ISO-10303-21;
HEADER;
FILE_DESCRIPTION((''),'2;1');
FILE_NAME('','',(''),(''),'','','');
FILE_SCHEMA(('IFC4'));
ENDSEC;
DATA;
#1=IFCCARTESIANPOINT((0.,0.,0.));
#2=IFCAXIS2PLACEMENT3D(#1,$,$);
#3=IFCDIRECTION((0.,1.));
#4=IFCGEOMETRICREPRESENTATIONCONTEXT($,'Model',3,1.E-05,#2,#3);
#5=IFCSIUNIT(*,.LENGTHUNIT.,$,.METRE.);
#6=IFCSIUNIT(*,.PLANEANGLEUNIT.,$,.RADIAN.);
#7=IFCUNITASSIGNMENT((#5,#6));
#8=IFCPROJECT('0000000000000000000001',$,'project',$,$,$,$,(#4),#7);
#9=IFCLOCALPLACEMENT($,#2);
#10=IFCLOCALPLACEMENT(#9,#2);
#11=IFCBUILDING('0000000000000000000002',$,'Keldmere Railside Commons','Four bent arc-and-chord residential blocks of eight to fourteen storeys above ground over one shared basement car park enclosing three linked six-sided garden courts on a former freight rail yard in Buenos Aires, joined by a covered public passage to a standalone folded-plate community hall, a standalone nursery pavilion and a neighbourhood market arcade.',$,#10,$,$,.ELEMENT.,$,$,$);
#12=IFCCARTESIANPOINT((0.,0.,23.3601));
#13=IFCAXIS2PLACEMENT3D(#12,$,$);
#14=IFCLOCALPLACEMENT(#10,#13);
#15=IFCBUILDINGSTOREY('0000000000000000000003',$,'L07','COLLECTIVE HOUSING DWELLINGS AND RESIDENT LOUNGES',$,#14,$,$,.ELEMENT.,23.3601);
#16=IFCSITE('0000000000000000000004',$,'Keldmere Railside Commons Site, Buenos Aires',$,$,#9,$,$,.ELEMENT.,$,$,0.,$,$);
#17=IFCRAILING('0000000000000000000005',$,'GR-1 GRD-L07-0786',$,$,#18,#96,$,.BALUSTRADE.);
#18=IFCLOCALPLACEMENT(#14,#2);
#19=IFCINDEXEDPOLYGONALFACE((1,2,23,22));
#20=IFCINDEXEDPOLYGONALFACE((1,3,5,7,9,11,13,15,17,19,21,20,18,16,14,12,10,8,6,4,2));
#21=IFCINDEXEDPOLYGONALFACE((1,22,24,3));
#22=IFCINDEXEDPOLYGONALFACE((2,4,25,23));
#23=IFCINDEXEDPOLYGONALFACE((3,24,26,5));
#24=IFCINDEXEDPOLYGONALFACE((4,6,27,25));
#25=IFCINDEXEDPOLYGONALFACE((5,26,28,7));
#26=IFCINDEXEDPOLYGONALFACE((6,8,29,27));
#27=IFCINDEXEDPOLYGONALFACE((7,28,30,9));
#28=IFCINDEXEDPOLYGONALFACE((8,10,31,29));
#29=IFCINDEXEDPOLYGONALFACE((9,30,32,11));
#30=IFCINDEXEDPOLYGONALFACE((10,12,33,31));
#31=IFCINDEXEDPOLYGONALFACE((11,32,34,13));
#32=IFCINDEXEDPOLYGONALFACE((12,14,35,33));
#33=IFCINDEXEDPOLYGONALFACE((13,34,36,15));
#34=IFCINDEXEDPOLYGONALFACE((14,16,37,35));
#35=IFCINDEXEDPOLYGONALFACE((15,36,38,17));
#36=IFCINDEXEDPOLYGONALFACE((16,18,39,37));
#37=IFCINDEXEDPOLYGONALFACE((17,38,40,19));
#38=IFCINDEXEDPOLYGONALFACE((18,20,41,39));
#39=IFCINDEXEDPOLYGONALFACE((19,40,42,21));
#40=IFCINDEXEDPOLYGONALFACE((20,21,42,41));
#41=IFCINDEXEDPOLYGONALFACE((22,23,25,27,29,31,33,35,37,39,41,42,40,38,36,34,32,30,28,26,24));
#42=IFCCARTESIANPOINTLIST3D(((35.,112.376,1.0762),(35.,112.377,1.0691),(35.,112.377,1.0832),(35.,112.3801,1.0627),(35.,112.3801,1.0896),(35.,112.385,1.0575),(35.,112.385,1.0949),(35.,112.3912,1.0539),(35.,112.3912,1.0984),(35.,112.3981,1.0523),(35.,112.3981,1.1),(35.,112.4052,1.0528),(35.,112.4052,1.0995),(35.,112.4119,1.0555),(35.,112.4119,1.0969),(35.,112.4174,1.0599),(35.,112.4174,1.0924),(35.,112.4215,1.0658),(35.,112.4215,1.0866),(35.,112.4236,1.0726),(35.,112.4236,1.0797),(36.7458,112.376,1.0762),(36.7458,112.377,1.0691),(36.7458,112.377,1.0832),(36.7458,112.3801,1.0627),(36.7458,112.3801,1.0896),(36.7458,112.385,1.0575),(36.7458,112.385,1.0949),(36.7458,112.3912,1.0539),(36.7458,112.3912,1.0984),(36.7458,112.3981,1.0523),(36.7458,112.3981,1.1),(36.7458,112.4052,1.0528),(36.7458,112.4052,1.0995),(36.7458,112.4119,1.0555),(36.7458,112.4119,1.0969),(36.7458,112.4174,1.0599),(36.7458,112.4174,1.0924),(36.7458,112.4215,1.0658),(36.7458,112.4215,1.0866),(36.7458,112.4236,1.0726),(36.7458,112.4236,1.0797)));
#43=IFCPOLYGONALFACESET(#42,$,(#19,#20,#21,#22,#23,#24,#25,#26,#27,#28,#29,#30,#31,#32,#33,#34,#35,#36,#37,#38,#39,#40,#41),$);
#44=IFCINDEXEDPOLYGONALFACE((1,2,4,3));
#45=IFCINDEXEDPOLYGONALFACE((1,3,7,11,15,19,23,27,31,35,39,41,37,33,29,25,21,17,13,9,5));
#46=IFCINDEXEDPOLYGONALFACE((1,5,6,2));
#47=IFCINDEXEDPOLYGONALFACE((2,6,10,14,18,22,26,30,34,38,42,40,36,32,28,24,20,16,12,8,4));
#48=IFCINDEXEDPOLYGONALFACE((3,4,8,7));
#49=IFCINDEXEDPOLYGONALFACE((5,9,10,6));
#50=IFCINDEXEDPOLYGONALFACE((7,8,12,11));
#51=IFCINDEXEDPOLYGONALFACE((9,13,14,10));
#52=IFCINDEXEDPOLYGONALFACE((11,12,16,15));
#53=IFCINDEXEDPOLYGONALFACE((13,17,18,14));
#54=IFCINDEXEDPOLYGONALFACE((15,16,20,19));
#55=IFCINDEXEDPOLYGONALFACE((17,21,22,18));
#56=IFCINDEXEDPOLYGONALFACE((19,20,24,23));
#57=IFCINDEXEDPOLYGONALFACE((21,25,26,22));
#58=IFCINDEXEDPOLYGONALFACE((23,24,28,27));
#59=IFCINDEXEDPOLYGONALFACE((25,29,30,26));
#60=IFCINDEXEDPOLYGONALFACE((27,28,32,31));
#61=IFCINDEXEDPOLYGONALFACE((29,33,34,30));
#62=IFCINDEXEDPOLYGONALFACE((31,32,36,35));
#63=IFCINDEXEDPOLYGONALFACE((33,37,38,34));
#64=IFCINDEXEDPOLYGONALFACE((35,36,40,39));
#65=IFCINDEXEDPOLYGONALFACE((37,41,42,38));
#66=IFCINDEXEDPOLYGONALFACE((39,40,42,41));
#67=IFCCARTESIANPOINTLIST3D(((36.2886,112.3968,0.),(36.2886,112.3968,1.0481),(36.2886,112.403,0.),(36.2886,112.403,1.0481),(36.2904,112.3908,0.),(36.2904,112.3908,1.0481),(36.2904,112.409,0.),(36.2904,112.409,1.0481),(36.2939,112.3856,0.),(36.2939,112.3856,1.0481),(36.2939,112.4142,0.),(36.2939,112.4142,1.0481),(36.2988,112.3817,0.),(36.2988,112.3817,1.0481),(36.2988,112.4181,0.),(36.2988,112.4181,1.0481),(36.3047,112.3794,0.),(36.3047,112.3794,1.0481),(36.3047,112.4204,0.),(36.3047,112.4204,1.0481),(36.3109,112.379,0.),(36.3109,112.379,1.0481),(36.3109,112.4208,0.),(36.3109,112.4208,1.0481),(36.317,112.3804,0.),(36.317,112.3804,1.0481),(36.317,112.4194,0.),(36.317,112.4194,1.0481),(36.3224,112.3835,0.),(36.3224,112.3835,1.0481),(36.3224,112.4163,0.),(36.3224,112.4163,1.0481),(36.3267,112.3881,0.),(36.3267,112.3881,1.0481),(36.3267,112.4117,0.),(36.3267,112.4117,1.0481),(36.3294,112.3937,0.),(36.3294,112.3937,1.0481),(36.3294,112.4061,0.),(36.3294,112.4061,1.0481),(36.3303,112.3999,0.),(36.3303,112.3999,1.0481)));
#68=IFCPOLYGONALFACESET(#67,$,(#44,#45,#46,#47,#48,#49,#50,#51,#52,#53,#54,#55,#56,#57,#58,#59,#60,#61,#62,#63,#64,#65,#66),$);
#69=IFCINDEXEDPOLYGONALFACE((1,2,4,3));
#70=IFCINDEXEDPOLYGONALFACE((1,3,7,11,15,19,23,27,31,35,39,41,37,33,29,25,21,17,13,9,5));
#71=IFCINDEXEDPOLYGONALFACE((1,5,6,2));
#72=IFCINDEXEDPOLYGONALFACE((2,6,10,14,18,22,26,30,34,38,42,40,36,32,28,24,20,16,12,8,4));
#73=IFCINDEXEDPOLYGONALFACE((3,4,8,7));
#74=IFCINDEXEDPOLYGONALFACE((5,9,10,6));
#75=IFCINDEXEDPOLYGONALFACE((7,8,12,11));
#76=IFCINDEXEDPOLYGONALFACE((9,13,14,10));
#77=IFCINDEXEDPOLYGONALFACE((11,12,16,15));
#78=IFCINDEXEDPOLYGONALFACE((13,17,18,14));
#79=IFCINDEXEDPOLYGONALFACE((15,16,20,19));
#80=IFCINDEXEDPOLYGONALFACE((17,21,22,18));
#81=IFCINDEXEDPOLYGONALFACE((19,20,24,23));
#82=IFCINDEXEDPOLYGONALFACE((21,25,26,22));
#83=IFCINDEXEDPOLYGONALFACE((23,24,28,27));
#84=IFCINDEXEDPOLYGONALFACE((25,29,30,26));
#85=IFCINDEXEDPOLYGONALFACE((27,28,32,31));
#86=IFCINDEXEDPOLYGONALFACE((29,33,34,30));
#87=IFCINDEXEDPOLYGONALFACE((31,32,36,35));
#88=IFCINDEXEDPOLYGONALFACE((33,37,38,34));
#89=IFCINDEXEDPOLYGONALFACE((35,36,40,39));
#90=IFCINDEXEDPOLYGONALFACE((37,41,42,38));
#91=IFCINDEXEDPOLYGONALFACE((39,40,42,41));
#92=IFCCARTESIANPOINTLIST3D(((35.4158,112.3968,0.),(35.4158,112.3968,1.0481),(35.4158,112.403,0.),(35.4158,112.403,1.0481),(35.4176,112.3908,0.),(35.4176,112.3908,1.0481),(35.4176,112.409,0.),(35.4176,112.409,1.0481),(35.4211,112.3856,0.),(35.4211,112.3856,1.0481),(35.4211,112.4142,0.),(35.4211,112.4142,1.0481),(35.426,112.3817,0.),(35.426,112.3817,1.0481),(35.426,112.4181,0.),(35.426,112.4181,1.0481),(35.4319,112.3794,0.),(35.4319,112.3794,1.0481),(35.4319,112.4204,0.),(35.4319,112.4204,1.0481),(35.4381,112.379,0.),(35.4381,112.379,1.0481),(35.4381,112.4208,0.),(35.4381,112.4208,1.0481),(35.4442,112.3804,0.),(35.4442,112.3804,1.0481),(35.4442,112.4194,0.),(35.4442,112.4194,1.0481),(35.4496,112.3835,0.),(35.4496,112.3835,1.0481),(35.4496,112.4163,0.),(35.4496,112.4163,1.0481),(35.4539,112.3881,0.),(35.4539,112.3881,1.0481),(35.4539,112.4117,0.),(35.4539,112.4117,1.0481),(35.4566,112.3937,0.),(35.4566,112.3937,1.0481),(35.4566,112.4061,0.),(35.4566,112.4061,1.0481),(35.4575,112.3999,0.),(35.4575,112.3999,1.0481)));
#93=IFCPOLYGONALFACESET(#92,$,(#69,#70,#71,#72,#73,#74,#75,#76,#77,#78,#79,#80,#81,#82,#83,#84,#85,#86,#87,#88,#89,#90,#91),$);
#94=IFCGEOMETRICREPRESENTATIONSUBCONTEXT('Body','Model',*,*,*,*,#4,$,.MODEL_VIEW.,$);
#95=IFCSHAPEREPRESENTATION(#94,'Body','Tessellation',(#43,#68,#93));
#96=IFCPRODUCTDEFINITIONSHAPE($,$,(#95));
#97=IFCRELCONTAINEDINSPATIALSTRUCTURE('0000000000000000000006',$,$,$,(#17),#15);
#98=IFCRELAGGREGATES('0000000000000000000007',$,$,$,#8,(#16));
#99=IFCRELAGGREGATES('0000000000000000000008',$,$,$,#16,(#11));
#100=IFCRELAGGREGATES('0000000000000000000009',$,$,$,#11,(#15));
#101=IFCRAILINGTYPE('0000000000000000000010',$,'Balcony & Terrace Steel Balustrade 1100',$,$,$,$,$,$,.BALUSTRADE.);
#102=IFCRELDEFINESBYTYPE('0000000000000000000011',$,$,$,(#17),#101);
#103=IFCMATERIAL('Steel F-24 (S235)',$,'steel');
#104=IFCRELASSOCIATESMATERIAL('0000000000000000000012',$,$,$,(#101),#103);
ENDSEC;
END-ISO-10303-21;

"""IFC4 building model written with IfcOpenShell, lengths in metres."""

from ifc_helpers import new_model, si_unit, direction, frame, origin, origin_2d, place, context, subcontext, project, spatial, circle, extrude, material, type_object, element, save


model = new_model("IFC4")

# Units and contexts
model_context = context("Model", 3, precision=1e-05, world=origin(), true_north=direction((0.0, 1.0)))
body_context = subcontext(model_context, "Body", "Model", "MODEL_VIEW")
ifc_project = project(units=[si_unit("LENGTHUNIT", "METRE"), si_unit("PLANEANGLEUNIT", "RADIAN")], contexts=[model_context])

# Site, building, storey
site_placement = place(None, origin())
site = spatial("IfcSite", under=ifc_project, at=site_placement, Name="Keldmere Railside Commons Site, Buenos Aires", CompositionType="ELEMENT", RefElevation=0.0)
building_placement = place(site_placement, origin())
building = spatial("IfcBuilding", under=site, at=building_placement, Name="Keldmere Railside Commons", Description="Four bent arc-and-chord residential blocks of eight to fourteen storeys above ground over one shared basement car park enclosing three linked six-sided garden courts on a former freight rail yard in Buenos Aires, joined by a covered public passage to a standalone folded-plate community hall, a standalone nursery pavilion and a neighbourhood market arcade.", CompositionType="ELEMENT")
storey_placement = place(building_placement, frame((0.0, 0.0, 23.3601)))
storey = spatial("IfcBuildingStorey", under=building, at=storey_placement, Name="L07", Description="COLLECTIVE HOUSING DWELLINGS AND RESIDENT LOUNGES", CompositionType="ELEMENT", Elevation=23.3601)

# Railing
ifc_material_1 = material(Name="Steel F-24 (S235)", Category="steel")
railing_type = type_object("IfcRailingType", Name="Balcony & Terrace Steel Balustrade 1100", PredefinedType="BALUSTRADE", material=ifc_material_1)
railing_1_placement = place(storey_placement, frame((36.7458, 112.3999, 0.0)))
element("IfcRailing", 1, at=railing_1_placement, inside=storey, type_object=railing_type, Name="GR-1 GRD-L07-0786", PredefinedType="BALUSTRADE", context=body_context, shape_type="SweptSolid", body=[
    extrude(circle(Radius=0.0239, at=origin_2d()), frame((0.0, 0.0, 1.0762), z_axis=(-1.0, 0.0, 0.0), x_axis=(0.0, -1.0, 0.0)), (0.0, 0.0, 1.0), 1.7458),
    extrude(circle(Radius=0.021, at=origin_2d()), frame((-0.4365, 0.0, 0.0)), (0.0, 0.0, 1.0), 1.0481),
    extrude(circle(Radius=0.021, at=origin_2d()), frame((-1.3093, 0.0, 0.0)), (0.0, 0.0, 1.0), 1.0481),
])

save(model, "model.ifc")
